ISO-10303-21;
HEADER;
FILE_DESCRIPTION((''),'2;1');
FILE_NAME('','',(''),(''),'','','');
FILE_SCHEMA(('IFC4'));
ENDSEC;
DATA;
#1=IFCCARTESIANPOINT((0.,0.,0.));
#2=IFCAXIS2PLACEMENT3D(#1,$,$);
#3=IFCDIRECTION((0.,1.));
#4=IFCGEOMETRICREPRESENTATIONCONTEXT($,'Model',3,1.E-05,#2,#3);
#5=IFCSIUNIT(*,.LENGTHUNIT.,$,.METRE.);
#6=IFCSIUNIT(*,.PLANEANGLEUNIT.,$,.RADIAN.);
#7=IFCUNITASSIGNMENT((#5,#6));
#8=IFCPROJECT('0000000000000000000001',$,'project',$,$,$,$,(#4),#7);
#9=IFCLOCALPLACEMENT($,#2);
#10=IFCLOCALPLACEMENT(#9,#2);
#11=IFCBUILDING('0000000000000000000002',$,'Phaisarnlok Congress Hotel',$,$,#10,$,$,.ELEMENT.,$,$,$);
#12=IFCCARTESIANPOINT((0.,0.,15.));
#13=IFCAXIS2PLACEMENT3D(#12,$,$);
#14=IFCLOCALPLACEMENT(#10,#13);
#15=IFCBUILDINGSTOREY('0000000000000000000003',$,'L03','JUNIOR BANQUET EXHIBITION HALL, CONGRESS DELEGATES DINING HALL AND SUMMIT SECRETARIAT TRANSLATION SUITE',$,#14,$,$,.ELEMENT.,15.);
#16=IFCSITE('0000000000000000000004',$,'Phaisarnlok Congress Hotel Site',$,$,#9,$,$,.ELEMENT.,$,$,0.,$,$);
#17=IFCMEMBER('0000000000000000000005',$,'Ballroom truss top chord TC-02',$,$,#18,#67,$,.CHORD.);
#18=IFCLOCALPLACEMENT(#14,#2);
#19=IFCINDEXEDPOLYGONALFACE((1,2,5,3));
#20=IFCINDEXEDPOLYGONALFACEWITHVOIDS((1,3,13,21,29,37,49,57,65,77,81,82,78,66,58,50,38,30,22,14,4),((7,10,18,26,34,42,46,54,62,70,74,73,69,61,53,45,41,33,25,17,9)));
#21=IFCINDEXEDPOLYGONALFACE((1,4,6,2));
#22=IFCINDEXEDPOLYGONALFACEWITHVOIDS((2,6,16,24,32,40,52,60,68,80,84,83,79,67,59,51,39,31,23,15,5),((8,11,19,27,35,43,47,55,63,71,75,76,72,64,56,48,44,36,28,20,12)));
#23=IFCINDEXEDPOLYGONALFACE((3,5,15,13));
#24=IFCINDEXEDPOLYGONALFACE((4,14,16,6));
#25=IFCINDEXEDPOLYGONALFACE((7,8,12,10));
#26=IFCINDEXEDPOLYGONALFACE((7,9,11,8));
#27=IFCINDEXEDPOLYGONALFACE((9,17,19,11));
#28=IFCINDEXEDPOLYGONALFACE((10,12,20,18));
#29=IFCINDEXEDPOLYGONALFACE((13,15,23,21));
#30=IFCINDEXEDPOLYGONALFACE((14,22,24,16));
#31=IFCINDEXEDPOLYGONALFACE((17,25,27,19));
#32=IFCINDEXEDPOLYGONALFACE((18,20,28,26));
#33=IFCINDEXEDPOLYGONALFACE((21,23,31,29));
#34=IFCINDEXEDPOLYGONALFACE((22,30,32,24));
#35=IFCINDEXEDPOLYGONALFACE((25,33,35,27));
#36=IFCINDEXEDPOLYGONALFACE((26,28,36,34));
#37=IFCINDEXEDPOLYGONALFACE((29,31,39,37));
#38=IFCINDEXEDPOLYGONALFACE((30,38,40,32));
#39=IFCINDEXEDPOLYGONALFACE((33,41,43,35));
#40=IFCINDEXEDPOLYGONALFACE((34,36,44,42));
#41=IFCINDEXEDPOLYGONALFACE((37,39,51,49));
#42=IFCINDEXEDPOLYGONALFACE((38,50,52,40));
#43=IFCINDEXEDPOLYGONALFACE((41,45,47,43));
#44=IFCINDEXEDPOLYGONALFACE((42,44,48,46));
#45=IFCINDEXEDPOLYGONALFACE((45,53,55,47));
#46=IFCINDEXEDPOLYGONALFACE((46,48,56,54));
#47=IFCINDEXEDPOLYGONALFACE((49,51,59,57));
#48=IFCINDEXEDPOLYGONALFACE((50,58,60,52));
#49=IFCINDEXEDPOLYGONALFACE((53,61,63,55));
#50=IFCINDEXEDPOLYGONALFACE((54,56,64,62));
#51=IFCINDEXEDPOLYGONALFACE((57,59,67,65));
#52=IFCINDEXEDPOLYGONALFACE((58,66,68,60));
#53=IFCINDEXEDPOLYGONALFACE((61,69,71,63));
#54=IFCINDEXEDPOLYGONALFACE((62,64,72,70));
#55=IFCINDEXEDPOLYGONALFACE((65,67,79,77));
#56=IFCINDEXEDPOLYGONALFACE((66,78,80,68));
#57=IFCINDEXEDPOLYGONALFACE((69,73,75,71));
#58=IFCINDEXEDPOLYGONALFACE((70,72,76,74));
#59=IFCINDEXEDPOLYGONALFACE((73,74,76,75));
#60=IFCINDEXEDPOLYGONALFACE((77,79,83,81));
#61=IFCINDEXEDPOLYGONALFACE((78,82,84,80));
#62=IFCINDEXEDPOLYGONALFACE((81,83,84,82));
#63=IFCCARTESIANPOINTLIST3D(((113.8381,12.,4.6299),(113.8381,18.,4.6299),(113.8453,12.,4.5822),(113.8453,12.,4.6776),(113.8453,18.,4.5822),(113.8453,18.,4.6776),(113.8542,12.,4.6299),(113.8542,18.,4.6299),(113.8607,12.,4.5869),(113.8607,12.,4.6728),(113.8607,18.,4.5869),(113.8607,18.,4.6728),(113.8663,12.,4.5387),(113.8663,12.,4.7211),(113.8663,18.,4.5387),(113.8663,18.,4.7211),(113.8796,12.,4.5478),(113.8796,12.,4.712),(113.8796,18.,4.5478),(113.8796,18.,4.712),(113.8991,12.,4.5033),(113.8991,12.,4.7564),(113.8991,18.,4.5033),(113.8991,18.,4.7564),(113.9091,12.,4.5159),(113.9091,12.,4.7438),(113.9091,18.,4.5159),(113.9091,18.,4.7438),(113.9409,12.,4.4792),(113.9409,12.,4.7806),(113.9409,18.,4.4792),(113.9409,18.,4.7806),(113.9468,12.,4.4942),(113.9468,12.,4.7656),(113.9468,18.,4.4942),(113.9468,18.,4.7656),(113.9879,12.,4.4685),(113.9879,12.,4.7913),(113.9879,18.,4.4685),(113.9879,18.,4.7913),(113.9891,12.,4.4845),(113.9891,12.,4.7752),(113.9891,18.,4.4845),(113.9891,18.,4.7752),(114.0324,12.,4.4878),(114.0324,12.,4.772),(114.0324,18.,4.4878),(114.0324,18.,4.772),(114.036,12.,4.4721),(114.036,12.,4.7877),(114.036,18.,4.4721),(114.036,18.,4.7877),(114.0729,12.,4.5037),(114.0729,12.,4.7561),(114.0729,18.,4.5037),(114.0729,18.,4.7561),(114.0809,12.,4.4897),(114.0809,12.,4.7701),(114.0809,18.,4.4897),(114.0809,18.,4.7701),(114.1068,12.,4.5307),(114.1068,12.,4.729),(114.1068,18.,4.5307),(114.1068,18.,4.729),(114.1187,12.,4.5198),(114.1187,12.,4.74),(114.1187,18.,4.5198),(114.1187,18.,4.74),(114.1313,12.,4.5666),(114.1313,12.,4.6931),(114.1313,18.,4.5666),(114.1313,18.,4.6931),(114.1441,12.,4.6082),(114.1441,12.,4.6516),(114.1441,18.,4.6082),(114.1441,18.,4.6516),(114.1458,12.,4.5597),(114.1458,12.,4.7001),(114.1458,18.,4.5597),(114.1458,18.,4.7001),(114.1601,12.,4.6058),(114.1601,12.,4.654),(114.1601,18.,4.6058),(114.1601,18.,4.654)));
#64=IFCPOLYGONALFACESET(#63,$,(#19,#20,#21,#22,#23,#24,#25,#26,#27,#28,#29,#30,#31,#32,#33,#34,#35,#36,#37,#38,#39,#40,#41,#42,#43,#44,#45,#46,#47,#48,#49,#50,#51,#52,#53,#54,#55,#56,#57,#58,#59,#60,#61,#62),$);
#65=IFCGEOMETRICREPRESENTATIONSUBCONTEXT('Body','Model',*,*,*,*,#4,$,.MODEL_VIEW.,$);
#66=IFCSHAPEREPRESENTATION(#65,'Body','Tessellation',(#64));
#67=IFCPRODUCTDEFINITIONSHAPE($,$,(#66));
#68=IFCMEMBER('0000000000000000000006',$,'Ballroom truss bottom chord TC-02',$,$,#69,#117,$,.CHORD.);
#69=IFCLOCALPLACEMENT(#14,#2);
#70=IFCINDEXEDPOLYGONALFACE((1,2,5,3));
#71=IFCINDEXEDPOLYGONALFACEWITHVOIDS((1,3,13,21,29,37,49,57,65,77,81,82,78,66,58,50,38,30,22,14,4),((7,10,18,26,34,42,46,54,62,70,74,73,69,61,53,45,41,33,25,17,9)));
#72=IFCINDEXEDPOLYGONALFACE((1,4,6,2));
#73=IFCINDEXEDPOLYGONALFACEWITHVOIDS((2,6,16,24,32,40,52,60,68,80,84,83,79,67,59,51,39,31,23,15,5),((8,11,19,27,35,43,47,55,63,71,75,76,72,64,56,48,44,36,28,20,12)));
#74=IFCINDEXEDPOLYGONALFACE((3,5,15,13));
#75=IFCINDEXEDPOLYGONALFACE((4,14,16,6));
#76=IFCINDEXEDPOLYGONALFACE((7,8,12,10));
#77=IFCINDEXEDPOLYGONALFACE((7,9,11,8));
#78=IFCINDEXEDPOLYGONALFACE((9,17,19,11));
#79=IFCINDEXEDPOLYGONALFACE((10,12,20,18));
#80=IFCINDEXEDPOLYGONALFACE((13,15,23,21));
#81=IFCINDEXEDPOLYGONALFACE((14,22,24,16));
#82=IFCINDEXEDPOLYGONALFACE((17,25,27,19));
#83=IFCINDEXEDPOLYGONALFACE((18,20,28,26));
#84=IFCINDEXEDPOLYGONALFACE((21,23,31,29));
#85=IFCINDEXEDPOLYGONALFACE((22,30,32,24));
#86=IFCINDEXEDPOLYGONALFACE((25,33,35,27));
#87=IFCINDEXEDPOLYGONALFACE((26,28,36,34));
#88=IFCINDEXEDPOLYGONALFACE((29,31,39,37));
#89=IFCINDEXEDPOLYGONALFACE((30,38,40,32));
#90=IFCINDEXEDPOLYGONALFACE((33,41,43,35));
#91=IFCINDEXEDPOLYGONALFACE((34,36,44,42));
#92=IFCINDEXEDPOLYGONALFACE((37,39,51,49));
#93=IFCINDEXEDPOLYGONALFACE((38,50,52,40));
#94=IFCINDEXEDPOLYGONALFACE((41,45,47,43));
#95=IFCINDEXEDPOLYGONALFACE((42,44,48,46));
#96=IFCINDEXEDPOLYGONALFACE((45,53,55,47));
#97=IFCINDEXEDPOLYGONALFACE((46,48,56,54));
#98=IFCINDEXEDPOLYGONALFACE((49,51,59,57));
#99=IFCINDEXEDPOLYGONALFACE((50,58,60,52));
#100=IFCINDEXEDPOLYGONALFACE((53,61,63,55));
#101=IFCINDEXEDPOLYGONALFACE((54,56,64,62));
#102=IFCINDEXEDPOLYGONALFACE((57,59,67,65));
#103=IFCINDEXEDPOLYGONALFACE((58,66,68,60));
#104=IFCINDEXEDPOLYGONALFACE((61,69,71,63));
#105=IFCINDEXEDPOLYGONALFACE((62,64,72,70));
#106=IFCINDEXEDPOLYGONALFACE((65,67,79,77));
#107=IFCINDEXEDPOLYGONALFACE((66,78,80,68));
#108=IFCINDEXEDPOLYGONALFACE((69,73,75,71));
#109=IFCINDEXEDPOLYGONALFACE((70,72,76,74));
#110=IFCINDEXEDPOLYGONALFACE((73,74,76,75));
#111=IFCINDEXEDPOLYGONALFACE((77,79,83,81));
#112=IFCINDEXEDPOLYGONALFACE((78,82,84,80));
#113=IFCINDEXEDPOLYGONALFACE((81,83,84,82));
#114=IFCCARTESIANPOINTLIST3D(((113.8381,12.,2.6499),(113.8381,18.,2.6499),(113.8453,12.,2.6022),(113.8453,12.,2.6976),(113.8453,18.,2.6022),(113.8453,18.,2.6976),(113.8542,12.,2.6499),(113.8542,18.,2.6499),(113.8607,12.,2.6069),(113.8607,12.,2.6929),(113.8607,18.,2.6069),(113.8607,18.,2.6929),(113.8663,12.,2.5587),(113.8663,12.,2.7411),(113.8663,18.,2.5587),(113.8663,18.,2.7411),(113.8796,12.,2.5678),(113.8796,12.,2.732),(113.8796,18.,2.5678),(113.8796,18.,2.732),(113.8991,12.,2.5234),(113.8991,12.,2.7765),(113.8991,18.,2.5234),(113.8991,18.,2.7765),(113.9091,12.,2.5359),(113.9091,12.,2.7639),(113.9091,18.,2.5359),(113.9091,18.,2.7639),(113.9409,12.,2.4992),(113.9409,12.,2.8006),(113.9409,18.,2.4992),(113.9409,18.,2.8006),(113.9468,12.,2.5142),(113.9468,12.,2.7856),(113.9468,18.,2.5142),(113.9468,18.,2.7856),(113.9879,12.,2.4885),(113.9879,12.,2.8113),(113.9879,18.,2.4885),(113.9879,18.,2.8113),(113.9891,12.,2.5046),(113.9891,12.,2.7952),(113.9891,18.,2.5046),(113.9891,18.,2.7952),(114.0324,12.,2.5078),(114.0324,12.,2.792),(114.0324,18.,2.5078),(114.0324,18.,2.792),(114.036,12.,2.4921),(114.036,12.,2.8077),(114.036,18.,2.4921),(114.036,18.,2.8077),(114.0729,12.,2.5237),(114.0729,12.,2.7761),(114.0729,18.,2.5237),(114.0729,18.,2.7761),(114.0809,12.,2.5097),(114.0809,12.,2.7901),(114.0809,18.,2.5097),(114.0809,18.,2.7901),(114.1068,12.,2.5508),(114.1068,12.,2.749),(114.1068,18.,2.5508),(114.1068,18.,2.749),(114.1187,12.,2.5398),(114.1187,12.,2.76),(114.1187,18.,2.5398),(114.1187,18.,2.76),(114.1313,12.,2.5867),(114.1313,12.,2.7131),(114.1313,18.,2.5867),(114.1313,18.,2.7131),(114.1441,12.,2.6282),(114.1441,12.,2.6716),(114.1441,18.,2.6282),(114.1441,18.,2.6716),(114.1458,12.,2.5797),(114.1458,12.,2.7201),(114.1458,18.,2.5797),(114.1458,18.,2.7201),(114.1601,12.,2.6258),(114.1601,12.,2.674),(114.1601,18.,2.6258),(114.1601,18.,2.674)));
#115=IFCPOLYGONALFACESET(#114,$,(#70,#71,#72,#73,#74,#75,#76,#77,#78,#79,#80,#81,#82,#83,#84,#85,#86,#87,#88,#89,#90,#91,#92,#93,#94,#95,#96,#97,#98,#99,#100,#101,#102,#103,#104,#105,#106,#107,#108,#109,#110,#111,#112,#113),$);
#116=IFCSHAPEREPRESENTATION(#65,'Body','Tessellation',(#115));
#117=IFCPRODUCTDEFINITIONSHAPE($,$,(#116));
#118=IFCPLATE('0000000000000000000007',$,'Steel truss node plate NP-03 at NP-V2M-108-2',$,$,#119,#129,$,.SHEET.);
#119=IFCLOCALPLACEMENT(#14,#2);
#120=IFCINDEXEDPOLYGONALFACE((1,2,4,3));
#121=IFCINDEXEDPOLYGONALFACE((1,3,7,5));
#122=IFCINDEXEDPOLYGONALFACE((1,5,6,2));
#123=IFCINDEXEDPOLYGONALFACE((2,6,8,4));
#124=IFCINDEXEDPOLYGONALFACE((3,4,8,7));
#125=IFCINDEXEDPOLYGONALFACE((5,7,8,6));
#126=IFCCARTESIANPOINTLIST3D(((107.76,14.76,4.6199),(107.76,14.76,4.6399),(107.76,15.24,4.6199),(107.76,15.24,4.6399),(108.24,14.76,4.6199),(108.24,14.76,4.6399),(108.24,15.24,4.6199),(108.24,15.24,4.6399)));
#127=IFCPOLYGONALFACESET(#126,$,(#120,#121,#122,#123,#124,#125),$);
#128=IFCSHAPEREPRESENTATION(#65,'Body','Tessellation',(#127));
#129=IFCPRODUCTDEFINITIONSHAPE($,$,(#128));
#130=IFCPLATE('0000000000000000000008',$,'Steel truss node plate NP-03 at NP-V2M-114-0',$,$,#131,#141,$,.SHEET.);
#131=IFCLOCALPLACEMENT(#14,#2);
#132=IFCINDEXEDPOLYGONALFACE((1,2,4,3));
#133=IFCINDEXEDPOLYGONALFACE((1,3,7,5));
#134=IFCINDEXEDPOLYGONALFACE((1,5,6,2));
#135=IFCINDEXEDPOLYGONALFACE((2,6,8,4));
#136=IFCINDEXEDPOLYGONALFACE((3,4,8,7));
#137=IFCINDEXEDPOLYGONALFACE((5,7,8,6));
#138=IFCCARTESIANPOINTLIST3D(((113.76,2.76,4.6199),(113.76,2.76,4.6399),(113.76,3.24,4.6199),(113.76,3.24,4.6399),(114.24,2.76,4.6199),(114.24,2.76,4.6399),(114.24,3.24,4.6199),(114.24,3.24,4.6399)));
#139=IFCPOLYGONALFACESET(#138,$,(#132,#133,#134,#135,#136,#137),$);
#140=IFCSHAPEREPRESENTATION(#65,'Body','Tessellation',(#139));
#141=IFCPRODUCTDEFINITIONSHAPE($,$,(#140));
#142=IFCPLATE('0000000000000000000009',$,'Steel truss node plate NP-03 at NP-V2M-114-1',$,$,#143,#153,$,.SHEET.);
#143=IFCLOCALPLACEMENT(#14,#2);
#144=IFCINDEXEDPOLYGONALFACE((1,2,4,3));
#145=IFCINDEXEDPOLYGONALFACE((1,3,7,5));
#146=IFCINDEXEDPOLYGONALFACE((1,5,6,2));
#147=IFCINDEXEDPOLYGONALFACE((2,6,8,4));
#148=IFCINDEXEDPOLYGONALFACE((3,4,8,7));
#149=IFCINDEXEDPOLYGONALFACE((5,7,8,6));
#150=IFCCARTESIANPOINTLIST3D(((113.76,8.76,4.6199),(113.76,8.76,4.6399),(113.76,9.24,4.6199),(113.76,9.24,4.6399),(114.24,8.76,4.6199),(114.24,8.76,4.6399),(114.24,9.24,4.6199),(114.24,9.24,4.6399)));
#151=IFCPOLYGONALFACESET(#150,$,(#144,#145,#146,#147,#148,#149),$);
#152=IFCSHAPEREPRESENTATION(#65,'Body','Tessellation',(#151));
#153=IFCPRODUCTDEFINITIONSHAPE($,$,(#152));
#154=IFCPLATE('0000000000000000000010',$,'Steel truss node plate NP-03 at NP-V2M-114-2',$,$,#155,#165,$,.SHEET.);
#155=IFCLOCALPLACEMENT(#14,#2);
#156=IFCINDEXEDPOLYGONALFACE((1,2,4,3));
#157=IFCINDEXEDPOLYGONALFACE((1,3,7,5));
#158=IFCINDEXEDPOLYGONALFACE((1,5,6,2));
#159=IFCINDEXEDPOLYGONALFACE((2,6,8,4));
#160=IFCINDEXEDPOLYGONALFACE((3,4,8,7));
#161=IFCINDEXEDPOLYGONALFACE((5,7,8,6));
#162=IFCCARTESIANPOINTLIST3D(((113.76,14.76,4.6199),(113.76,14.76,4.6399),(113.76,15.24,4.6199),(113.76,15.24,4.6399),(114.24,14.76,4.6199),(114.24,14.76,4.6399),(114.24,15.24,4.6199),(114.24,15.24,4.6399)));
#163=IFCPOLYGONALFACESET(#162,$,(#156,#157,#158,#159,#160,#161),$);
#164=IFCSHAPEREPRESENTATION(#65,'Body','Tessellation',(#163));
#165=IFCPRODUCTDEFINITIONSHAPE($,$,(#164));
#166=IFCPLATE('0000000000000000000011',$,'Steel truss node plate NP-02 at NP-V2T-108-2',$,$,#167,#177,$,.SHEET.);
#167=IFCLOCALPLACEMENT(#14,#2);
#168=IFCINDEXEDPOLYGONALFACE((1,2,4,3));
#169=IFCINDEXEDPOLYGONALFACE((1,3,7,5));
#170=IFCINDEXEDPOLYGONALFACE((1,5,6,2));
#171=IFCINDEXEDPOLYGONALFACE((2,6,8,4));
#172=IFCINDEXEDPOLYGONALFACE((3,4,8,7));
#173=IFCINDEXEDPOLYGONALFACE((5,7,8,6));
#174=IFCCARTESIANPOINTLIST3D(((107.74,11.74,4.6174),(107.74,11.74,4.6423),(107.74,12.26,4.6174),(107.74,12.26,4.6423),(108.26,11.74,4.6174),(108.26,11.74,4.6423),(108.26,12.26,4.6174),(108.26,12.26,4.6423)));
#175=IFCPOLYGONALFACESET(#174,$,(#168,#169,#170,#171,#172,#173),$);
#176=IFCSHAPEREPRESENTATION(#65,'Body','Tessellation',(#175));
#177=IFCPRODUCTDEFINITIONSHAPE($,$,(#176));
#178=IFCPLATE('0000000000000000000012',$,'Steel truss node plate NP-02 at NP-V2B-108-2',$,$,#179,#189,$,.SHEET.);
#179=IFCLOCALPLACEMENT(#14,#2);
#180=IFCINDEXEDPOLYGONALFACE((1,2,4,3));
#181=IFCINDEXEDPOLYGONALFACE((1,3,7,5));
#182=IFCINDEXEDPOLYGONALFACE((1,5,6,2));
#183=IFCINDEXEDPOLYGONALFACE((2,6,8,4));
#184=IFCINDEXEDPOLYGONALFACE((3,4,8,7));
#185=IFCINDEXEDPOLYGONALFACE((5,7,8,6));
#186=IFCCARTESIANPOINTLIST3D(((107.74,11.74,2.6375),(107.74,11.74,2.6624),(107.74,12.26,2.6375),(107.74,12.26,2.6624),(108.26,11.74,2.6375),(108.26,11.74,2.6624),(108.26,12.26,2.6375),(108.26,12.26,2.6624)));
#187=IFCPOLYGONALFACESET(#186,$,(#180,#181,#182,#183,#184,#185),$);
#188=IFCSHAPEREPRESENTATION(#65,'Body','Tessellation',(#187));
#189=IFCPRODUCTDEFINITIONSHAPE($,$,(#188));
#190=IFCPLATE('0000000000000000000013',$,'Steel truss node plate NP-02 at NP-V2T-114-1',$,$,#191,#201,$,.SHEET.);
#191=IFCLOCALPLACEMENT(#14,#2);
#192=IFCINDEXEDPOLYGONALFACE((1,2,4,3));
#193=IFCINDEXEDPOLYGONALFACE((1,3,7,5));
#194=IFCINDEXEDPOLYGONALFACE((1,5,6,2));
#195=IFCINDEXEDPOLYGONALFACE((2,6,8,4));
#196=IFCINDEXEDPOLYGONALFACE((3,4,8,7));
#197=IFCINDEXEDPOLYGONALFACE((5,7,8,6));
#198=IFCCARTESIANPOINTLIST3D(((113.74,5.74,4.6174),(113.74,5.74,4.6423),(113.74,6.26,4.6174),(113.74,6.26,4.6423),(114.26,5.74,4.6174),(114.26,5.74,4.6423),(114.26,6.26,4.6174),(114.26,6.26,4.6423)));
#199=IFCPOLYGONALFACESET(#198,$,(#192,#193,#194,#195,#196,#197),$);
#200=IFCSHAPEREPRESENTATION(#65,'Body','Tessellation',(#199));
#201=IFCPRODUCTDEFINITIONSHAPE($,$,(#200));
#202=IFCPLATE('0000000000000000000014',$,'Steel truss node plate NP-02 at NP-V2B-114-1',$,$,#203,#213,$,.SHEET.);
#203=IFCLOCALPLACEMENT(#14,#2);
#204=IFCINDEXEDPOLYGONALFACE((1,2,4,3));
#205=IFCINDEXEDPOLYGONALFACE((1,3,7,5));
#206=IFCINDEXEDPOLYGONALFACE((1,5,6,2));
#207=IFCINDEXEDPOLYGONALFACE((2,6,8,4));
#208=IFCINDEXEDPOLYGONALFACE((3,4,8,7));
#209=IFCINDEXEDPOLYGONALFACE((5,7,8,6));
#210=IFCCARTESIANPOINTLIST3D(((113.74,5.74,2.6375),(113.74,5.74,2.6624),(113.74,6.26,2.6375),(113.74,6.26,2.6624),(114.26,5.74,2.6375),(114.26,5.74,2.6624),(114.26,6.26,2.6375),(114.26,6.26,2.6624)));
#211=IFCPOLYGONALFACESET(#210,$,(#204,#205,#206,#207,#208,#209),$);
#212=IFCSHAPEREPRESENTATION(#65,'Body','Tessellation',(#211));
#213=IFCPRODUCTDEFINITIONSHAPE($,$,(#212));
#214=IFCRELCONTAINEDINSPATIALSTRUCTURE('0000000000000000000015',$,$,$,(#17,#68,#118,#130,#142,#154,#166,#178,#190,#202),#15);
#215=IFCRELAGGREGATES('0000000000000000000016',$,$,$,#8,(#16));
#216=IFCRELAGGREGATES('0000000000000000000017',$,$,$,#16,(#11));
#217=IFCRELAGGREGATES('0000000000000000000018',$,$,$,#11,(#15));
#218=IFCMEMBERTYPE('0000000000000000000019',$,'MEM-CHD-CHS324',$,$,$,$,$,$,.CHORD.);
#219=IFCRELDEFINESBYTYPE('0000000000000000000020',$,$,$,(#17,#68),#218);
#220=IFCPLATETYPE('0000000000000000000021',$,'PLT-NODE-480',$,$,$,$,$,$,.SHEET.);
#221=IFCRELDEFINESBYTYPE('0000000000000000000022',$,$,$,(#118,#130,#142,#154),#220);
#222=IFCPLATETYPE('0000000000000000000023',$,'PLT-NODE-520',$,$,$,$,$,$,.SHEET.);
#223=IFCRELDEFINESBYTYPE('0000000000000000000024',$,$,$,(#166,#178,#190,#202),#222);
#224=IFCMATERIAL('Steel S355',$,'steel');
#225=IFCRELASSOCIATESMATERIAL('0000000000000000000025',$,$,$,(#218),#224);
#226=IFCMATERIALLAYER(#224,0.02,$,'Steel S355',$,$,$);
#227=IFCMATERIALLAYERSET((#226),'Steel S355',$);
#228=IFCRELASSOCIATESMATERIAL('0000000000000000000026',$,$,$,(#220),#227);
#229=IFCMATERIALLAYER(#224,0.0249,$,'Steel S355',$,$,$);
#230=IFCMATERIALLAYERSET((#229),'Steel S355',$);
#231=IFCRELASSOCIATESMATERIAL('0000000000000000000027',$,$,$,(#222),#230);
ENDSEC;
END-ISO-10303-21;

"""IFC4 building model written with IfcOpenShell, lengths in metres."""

from ifc_helpers import new_model, si_unit, direction, frame, origin, origin_2d, place, context, subcontext, project, spatial, rectangle, hollow_circle, extrude, material, layer, layer_set, material_profile, profile_set, type_object, element, save


model = new_model("IFC4")

# Units and contexts
model_context = context("Model", 3, precision=1e-05, world=origin(), true_north=direction((0.0, 1.0)))
body_context = subcontext(model_context, "Body", "Model", "MODEL_VIEW")
ifc_project = project(units=[si_unit("LENGTHUNIT", "METRE"), si_unit("PLANEANGLEUNIT", "RADIAN")], contexts=[model_context])

# Site, building, storey
site_placement = place(None, origin())
site = spatial("IfcSite", under=ifc_project, at=site_placement, Name="Phaisarnlok Congress Hotel Site", CompositionType="ELEMENT", RefElevation=0.0)
building_placement = place(site_placement, origin())
building = spatial("IfcBuilding", under=site, at=building_placement, Name="Phaisarnlok Congress Hotel", CompositionType="ELEMENT")
storey_placement = place(building_placement, frame((0.0, 0.0, 15.0)))
storey = spatial("IfcBuildingStorey", under=building, at=storey_placement, Name="L03", Description="JUNIOR BANQUET EXHIBITION HALL, CONGRESS DELEGATES DINING HALL AND SUMMIT SECRETARIAT TRANSLATION SUITE", CompositionType="ELEMENT", Elevation=15.0)

# Members
ifc_material_1 = material(Name="Steel S355", Category="steel")
ifc_material_profile_1 = material_profile(ifc_material_1, hollow_circle(Radius=0.1619, WallThickness=0.0161, at=origin_2d()), Name="CHS 323.9x16")
ifc_profile_set_1 = profile_set([ifc_material_profile_1], Name="Steel S355")
member_type_1 = type_object("IfcMemberType", Name="MEM-CHD-CHS324", PredefinedType="CHORD", material=ifc_profile_set_1)
for number, where, z_axis, x_axis, name in (
    (1, (114.0, 12.0, 4.6299), (0.0, 1.0, 0.0), (-1.0, 0.0, 0.0), "Ballroom truss top chord TC-02"),
    (2, (114.0, 12.0, 2.6499), (0.0, 1.0, 0.0), (-1.0, 0.0, 0.0), "Ballroom truss bottom chord TC-02"),
):
    element("IfcMember", number, at=place(storey_placement, frame(where, z_axis=z_axis, x_axis=x_axis)), inside=storey, type_object=member_type_1, Name=name, PredefinedType="CHORD", context=body_context, shape_type="SweptSolid", body=[
        extrude(hollow_circle(Radius=0.1619, WallThickness=0.0161, at=origin_2d()), origin(), (0.0, 0.0, 1.0), 6.0),
    ])

# Plates
ifc_layer_1 = layer(ifc_material_1, 0.02, Name="Steel S355")
ifc_layer_set_1 = layer_set([ifc_layer_1], Name="Steel S355")
plate_type_1 = type_object("IfcPlateType", Name="PLT-NODE-480", PredefinedType="SHEET", material=ifc_layer_set_1)
for number, where, z_axis, x_axis, name in (
    (3, (108.0, 15.0, 4.6199), (0.0, 0.0, 1.0), (1.0, 0.0, 0.0), "Steel truss node plate NP-03 at NP-V2M-108-2"),
    (4, (114.0, 3.0, 4.6199), (0.0, 0.0, 1.0), (1.0, 0.0, 0.0), "Steel truss node plate NP-03 at NP-V2M-114-0"),
    (5, (114.0, 9.0, 4.6199), (0.0, 0.0, 1.0), (1.0, 0.0, 0.0), "Steel truss node plate NP-03 at NP-V2M-114-1"),
    (6, (114.0, 15.0, 4.6199), (0.0, 0.0, 1.0), (1.0, 0.0, 0.0), "Steel truss node plate NP-03 at NP-V2M-114-2"),
):
    element("IfcPlate", number, at=place(storey_placement, frame(where, z_axis=z_axis, x_axis=x_axis)), inside=storey, type_object=plate_type_1, Name=name, PredefinedType="SHEET", context=body_context, shape_type="SweptSolid", body=[
        extrude(rectangle(XDim=0.48, YDim=0.48, at=origin_2d()), origin(), (0.0, 0.0, 1.0), 0.02),
    ])
ifc_layer_2 = layer(ifc_material_1, 0.0249, Name="Steel S355")
ifc_layer_set_2 = layer_set([ifc_layer_2], Name="Steel S355")
plate_type_2 = type_object("IfcPlateType", Name="PLT-NODE-520", PredefinedType="SHEET", material=ifc_layer_set_2)
for number, where, z_axis, x_axis, name in (
    (7, (108.0, 12.0, 4.6174), (0.0, 0.0, 1.0), (1.0, 0.0, 0.0), "Steel truss node plate NP-02 at NP-V2T-108-2"),
    (8, (108.0, 12.0, 2.6375), (0.0, 0.0, 1.0), (1.0, 0.0, 0.0), "Steel truss node plate NP-02 at NP-V2B-108-2"),
    (9, (114.0, 6.0, 4.6174), (0.0, 0.0, 1.0), (1.0, 0.0, 0.0), "Steel truss node plate NP-02 at NP-V2T-114-1"),
    (10, (114.0, 6.0, 2.6375), (0.0, 0.0, 1.0), (1.0, 0.0, 0.0), "Steel truss node plate NP-02 at NP-V2B-114-1"),
):
    element("IfcPlate", number, at=place(storey_placement, frame(where, z_axis=z_axis, x_axis=x_axis)), inside=storey, type_object=plate_type_2, Name=name, PredefinedType="SHEET", context=body_context, shape_type="SweptSolid", body=[
        extrude(rectangle(XDim=0.52, YDim=0.52, at=origin_2d()), origin(), (0.0, 0.0, 1.0), 0.0249),
    ])

save(model, "model.ifc")
